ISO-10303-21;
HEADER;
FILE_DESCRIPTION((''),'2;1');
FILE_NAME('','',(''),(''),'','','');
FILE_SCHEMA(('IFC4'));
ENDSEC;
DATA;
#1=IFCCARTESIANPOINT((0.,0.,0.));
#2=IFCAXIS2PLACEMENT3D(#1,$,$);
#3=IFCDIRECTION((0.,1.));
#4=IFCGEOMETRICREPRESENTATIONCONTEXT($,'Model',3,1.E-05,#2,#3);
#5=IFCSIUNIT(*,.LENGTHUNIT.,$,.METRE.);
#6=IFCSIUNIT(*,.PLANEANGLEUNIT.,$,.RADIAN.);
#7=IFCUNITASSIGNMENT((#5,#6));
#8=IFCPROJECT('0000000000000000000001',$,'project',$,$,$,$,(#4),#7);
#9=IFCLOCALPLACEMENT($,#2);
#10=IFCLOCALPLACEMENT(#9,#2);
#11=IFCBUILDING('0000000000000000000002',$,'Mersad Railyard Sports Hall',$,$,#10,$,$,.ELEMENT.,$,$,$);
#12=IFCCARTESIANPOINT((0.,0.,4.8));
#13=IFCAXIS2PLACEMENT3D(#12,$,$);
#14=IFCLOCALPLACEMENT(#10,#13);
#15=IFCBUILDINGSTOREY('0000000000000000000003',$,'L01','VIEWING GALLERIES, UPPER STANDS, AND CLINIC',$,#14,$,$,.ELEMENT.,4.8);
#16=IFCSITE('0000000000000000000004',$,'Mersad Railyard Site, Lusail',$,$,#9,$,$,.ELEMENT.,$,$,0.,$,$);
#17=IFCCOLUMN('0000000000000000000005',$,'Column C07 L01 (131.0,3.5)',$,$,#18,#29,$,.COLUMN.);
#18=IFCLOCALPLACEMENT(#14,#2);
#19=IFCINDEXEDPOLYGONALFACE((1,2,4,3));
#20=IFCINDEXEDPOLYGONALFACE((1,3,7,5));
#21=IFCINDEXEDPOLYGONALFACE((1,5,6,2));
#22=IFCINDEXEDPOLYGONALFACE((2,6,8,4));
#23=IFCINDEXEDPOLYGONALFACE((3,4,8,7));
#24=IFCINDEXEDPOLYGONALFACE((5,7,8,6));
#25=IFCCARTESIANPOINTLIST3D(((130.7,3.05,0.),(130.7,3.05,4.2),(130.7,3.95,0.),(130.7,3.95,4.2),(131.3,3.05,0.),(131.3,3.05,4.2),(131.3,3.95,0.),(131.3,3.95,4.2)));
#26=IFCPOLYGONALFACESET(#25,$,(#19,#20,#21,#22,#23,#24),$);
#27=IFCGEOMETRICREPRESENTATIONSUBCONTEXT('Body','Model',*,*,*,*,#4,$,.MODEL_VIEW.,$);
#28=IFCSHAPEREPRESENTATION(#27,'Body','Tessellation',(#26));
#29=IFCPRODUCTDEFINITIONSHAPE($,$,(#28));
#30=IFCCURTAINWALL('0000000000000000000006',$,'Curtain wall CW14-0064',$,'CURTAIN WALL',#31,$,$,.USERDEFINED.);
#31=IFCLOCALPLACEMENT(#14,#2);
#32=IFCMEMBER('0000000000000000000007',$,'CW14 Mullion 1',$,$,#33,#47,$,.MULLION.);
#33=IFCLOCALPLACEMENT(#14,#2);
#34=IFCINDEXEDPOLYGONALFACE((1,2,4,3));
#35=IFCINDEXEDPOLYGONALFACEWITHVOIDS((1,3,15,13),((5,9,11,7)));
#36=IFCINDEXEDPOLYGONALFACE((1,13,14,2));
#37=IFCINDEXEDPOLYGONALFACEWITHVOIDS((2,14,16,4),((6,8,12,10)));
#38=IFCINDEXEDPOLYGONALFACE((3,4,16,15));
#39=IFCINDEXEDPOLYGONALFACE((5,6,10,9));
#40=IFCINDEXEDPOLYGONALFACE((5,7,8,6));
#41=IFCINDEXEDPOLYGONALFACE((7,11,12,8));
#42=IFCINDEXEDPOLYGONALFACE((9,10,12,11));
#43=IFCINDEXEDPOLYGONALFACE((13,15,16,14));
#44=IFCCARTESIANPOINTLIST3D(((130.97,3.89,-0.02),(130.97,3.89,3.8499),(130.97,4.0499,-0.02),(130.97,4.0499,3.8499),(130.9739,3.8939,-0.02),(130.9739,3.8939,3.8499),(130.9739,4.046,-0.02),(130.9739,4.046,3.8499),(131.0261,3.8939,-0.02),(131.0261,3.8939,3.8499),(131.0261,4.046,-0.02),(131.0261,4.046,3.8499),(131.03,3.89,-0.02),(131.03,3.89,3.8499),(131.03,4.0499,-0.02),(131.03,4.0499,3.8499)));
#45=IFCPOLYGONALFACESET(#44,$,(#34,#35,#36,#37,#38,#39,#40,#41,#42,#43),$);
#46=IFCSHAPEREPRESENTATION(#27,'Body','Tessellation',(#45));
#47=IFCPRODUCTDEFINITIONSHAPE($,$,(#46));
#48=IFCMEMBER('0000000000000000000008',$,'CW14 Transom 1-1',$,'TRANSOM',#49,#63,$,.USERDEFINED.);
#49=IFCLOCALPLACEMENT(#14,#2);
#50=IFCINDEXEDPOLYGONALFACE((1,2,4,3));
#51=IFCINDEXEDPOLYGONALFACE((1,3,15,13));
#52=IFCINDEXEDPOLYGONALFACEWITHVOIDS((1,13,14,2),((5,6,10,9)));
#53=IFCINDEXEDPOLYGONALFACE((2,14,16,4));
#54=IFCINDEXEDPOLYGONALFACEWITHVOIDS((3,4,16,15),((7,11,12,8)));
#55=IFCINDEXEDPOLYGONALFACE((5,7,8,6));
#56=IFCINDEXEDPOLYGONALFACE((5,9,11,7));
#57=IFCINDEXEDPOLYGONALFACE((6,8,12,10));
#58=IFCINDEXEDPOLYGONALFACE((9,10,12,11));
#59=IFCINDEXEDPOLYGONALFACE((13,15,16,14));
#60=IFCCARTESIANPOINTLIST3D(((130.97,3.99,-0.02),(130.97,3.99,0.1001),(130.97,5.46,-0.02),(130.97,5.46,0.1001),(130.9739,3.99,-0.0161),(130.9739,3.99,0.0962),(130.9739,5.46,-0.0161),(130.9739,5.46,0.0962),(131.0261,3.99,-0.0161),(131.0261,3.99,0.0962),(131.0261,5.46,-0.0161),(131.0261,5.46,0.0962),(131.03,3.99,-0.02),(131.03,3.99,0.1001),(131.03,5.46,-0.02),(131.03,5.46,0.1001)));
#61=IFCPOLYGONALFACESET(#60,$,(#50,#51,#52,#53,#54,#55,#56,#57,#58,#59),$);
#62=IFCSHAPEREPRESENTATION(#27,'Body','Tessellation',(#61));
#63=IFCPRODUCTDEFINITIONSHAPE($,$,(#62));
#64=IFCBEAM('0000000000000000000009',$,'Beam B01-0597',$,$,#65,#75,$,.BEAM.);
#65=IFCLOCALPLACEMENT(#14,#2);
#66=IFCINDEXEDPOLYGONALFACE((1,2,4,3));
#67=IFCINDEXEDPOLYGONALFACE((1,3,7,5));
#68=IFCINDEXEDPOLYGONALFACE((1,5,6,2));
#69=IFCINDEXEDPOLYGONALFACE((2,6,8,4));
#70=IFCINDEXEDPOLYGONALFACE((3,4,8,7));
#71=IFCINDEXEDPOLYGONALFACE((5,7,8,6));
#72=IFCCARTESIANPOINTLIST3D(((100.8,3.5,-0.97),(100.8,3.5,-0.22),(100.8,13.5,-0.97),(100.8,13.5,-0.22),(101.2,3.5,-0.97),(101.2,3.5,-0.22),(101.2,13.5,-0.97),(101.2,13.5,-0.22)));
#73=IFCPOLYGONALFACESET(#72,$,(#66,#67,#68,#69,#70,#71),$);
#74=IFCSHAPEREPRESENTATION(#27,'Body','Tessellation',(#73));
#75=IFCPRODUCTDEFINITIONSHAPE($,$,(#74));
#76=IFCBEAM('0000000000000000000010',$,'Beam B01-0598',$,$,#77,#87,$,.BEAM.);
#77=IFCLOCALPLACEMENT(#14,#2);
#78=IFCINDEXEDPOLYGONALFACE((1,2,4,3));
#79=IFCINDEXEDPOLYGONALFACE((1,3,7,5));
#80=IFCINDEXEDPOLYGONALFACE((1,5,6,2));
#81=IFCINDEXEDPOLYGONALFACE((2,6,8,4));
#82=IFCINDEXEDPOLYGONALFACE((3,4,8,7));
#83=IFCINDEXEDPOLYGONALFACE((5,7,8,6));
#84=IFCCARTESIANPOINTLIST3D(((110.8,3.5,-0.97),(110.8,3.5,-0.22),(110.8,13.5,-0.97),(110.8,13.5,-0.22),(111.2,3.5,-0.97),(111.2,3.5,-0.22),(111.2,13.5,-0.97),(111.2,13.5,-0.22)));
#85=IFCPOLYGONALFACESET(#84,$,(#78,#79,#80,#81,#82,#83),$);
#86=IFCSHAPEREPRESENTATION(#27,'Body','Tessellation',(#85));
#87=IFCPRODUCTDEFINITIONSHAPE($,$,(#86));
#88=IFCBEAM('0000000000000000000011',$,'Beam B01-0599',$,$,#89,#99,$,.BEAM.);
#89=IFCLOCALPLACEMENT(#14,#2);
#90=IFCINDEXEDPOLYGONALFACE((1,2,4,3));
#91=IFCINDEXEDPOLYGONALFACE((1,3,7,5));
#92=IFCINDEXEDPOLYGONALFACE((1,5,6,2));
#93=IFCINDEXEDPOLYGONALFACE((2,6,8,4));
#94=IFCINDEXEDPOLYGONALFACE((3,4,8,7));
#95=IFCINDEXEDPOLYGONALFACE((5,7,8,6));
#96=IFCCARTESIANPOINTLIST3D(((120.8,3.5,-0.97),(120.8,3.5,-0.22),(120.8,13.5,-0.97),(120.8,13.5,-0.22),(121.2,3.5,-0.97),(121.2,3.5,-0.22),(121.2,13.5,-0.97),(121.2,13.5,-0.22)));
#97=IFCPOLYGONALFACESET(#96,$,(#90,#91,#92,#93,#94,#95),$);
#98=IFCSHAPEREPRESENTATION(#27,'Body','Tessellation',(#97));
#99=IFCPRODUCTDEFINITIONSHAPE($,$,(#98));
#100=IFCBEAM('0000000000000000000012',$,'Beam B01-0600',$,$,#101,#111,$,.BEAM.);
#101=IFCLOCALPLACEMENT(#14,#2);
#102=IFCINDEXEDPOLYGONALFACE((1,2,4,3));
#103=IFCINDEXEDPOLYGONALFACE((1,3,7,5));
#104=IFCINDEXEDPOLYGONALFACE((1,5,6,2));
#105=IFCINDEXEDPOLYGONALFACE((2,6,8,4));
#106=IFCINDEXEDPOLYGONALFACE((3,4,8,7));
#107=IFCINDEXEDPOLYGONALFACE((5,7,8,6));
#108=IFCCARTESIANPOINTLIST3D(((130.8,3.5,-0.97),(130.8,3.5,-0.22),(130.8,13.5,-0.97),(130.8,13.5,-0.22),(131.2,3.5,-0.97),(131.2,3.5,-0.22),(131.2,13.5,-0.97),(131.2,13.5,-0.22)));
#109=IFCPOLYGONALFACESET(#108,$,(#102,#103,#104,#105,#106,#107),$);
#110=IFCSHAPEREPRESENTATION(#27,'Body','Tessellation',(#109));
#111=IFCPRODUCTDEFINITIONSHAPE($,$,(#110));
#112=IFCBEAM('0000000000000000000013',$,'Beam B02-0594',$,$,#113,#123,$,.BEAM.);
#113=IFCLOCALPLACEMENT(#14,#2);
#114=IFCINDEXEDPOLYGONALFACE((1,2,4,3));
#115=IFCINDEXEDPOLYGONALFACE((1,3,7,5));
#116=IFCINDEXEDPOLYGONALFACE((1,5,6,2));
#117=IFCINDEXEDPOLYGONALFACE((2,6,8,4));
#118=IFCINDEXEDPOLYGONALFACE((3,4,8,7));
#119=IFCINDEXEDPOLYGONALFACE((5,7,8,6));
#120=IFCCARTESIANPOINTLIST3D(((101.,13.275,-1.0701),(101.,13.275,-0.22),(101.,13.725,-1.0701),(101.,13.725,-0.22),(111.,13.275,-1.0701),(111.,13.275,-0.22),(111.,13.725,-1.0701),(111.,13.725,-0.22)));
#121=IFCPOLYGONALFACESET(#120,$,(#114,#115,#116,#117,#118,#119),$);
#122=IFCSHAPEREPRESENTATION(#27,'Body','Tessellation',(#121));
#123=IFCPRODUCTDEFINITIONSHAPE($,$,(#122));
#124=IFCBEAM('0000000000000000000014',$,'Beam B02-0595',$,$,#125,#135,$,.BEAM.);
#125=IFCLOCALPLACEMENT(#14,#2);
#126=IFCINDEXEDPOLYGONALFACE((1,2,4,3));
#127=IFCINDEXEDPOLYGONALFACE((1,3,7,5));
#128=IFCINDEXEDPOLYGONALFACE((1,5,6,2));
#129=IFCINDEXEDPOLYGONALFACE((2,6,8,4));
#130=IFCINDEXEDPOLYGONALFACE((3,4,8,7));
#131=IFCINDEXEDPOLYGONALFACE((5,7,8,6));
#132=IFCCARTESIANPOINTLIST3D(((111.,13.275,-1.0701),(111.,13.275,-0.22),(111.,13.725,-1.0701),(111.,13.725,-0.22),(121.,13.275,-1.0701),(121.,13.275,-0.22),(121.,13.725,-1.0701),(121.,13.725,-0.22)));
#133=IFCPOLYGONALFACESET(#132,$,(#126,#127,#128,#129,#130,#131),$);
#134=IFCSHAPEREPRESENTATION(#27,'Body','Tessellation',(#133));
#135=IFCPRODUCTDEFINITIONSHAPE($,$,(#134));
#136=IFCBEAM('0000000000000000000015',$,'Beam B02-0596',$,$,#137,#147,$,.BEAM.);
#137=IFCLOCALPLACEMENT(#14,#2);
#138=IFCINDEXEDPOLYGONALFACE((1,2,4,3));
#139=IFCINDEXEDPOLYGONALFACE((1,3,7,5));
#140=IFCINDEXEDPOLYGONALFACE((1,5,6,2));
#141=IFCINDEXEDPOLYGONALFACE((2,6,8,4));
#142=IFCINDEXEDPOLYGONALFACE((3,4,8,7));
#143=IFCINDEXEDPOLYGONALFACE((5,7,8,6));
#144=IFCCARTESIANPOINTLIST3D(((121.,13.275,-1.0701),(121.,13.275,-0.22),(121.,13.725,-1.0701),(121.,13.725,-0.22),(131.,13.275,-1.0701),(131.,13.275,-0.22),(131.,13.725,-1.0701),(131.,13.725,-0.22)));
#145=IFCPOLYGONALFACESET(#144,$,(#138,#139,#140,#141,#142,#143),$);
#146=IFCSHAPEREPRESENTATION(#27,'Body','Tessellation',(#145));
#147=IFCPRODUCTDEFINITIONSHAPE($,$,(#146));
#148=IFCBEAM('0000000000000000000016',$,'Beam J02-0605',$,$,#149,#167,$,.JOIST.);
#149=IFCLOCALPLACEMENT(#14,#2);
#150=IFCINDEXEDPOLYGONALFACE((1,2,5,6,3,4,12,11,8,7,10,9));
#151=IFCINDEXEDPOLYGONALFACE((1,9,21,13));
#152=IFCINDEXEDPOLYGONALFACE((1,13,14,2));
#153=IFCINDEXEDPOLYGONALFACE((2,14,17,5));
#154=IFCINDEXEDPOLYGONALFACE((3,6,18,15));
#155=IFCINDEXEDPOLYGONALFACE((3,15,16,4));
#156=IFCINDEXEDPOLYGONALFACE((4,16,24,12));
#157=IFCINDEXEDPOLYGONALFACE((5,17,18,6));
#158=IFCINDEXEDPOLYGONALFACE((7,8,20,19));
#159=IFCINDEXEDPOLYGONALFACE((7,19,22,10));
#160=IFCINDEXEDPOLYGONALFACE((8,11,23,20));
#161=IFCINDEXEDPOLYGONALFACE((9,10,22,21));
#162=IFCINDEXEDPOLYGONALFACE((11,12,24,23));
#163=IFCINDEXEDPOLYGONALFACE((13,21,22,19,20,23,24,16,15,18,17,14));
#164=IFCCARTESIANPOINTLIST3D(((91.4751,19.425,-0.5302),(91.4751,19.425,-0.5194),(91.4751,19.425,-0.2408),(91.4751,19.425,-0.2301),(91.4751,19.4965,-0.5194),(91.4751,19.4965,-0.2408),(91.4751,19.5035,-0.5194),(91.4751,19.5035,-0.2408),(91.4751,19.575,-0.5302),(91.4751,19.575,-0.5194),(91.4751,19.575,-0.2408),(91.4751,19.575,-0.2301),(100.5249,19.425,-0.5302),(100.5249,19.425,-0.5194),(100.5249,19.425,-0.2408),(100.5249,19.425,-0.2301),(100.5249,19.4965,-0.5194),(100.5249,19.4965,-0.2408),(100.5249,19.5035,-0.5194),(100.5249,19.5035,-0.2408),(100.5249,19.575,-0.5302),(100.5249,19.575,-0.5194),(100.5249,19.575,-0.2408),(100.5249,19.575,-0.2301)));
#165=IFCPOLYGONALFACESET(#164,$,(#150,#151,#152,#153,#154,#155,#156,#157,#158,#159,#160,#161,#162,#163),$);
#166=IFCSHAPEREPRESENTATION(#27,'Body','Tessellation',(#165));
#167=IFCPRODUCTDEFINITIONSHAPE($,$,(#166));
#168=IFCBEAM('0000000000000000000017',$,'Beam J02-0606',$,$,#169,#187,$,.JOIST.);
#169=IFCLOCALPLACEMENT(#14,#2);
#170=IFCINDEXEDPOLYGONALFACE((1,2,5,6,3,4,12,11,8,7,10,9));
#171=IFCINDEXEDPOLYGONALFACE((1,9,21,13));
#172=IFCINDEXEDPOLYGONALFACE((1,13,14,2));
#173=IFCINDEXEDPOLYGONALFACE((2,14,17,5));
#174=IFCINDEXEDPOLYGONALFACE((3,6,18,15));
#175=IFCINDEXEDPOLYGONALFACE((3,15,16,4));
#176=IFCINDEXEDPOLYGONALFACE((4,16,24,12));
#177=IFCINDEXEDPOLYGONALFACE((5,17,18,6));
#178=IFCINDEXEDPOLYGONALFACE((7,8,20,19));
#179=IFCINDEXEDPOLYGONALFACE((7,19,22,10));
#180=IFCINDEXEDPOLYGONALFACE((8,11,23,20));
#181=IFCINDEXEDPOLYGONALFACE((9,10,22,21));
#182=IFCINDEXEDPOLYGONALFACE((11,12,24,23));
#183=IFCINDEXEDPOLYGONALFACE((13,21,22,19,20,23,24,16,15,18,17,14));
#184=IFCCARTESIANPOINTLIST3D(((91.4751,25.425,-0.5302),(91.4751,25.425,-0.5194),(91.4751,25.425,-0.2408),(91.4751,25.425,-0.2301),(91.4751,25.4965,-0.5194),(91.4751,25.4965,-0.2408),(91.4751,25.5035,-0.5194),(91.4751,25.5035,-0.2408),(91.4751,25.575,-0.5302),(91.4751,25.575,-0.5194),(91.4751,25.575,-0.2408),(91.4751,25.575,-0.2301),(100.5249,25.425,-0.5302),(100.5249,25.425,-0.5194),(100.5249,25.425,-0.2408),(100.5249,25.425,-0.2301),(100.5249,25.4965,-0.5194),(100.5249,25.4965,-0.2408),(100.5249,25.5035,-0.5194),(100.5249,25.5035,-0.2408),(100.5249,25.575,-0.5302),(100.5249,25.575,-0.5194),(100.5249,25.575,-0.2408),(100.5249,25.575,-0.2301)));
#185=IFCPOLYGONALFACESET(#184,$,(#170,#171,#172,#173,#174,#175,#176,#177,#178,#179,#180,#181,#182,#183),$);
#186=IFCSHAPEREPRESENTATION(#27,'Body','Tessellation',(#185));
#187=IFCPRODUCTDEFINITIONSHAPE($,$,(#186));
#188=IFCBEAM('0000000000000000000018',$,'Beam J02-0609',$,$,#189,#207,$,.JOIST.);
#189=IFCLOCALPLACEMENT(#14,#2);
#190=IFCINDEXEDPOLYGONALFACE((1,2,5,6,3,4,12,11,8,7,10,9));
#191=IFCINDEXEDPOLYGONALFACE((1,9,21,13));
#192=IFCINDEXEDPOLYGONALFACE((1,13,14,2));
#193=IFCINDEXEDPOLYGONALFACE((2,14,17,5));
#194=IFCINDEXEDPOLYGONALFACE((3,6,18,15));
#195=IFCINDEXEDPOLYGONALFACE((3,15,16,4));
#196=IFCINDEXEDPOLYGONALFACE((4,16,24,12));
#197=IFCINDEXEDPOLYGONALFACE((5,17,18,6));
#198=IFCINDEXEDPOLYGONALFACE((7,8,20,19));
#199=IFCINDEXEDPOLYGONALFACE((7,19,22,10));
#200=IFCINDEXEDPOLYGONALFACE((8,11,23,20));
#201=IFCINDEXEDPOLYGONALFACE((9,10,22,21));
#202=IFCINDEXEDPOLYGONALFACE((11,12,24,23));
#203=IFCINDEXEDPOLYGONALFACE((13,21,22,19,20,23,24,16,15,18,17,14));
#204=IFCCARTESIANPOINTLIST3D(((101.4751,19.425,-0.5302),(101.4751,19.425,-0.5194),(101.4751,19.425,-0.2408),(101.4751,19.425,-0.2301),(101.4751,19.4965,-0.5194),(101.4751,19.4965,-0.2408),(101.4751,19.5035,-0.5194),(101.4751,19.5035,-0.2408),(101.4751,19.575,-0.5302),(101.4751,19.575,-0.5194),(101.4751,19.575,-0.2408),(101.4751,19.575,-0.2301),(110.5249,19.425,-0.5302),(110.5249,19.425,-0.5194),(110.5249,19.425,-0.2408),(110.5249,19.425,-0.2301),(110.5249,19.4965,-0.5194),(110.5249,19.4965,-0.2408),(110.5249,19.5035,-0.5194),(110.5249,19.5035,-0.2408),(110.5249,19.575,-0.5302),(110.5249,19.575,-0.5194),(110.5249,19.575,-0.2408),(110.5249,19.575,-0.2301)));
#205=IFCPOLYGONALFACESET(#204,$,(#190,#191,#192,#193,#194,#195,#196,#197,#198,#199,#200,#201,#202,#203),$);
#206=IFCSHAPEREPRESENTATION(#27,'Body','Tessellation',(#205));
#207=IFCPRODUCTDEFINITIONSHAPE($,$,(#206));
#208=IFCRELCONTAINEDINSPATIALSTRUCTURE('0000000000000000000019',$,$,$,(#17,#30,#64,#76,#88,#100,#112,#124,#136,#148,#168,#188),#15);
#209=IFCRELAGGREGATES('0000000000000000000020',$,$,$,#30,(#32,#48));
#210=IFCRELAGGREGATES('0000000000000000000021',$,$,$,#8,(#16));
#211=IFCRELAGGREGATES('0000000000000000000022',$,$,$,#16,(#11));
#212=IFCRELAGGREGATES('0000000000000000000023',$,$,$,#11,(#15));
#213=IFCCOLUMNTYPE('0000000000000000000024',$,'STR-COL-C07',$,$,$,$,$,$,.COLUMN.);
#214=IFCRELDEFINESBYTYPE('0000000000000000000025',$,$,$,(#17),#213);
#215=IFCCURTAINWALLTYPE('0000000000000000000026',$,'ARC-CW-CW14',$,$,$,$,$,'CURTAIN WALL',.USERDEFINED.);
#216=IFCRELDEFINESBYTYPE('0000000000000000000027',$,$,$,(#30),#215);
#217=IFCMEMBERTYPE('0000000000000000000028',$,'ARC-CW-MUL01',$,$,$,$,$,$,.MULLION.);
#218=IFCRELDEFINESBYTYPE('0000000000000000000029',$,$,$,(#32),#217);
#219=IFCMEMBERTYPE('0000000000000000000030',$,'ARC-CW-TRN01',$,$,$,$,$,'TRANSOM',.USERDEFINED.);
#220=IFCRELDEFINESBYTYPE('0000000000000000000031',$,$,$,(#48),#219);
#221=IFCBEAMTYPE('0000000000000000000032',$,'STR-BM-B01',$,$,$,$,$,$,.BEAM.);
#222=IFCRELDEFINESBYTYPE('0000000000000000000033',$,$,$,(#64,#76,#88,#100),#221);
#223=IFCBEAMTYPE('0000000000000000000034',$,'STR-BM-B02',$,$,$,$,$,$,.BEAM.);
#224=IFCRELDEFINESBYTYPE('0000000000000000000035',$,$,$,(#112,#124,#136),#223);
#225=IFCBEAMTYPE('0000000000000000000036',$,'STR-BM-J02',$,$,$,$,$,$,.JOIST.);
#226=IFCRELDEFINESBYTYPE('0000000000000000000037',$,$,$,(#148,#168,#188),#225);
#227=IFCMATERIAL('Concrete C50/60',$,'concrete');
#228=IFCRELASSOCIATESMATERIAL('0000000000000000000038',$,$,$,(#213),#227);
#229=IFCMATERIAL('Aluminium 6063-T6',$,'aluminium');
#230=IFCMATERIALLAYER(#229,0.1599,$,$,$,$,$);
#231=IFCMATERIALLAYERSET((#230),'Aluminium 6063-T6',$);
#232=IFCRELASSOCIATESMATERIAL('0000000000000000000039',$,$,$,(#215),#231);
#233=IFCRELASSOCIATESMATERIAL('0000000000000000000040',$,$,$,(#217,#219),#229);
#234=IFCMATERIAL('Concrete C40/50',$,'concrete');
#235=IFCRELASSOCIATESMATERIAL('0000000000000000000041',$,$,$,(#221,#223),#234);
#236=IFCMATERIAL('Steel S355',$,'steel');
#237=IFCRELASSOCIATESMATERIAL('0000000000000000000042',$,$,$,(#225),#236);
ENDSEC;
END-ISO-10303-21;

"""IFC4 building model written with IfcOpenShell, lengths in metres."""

from ifc_helpers import new_model, si_unit, direction, frame, origin, origin_2d, place, context, subcontext, project, spatial, rectangle, hollow_rectangle, i_section, extrude, material, layer, layer_set, material_profile, profile_set, type_object, element, aggregate, save


model = new_model("IFC4")

# Units and contexts
model_context = context("Model", 3, precision=1e-05, world=origin(), true_north=direction((0.0, 1.0)))
body_context = subcontext(model_context, "Body", "Model", "MODEL_VIEW")
ifc_project = project(units=[si_unit("LENGTHUNIT", "METRE"), si_unit("PLANEANGLEUNIT", "RADIAN")], contexts=[model_context])

# Site, building, storey
site_placement = place(None, origin())
site = spatial("IfcSite", under=ifc_project, at=site_placement, Name="Mersad Railyard Site, Lusail", CompositionType="ELEMENT", RefElevation=0.0)
building_placement = place(site_placement, origin())
building = spatial("IfcBuilding", under=site, at=building_placement, Name="Mersad Railyard Sports Hall", CompositionType="ELEMENT")
storey_placement = place(building_placement, frame((0.0, 0.0, 4.8)))
storey = spatial("IfcBuildingStorey", under=building, at=storey_placement, Name="L01", Description="VIEWING GALLERIES, UPPER STANDS, AND CLINIC", CompositionType="ELEMENT", Elevation=4.8)

# Column
ifc_material_1 = material(Name="Concrete C50/60", Category="concrete")
ifc_material_profile_1 = material_profile(ifc_material_1, rectangle(XDim=0.6001, YDim=0.8999, at=origin_2d()), Name="RC 600x900")
ifc_profile_set_1 = profile_set([ifc_material_profile_1], Name="Concrete C50/60")
column_type = type_object("IfcColumnType", Name="STR-COL-C07", PredefinedType="COLUMN", material=ifc_profile_set_1)
column_placement = place(storey_placement, frame((131.0, 3.5, 0.0), z_axis=(0.0, 0.0, 1.0), x_axis=(1.0, 0.0, 0.0)))
element("IfcColumn", 1, at=column_placement, inside=storey, type_object=column_type, Name="Column C07 L01 (131.0,3.5)", PredefinedType="COLUMN", context=body_context, shape_type="SweptSolid", body=[
    extrude(rectangle(XDim=0.6001, YDim=0.8999, at=origin_2d()), origin(), (0.0, 0.0, 1.0), 4.2),
])

# Curtain wall, members
ifc_material_2 = material(Name="Aluminium 6063-T6", Category="aluminium")
ifc_layer = layer(ifc_material_2, 0.1599)
ifc_layer_set = layer_set([ifc_layer], Name="Aluminium 6063-T6")
curtain_wall_type = type_object("IfcCurtainWallType", Name="ARC-CW-CW14", ElementType="CURTAIN WALL", PredefinedType="USERDEFINED", material=ifc_layer_set)
curtain_wall_placement = place(storey_placement, origin())
curtain_wall = element("IfcCurtainWall", 2, at=curtain_wall_placement, inside=storey, type_object=curtain_wall_type, Name="Curtain wall CW14-0064", ObjectType="CURTAIN WALL", PredefinedType="USERDEFINED")
ifc_material_profile_2 = material_profile(ifc_material_2, hollow_rectangle(XDim=0.0601, YDim=0.1599, WallThickness=0.0039, at=origin_2d()), Name="AL MULLION 60x160x4")
ifc_profile_set_2 = profile_set([ifc_material_profile_2], Name="Aluminium 6063-T6")
member_type_1 = type_object("IfcMemberType", Name="ARC-CW-MUL01", PredefinedType="MULLION", material=ifc_profile_set_2)
member_1_placement = place(storey_placement, frame((131.0, 3.97, -0.02), z_axis=(0.0, 0.0, 1.0), x_axis=(1.0, 0.0, 0.0)))
member_1 = element("IfcMember", 3, at=member_1_placement, type_object=member_type_1, Name="CW14 Mullion 1", PredefinedType="MULLION", context=body_context, shape_type="SweptSolid", body=[
    extrude(hollow_rectangle(XDim=0.0601, YDim=0.1599, WallThickness=0.0039, at=origin_2d()), origin(), (0.0, 0.0, 1.0), 3.8699),
])
ifc_material_profile_3 = material_profile(ifc_material_2, hollow_rectangle(XDim=0.0601, YDim=0.1201, WallThickness=0.0039, at=origin_2d()), Name="AL TRANSOM 60x120x4")
ifc_profile_set_3 = profile_set([ifc_material_profile_3], Name="Aluminium 6063-T6")
member_type_2 = type_object("IfcMemberType", Name="ARC-CW-TRN01", ElementType="TRANSOM", PredefinedType="USERDEFINED", material=ifc_profile_set_3)
member_2_placement = place(storey_placement, frame((131.0, 3.99, 0.04), z_axis=(0.0, 1.0, 0.0), x_axis=(-1.0, 0.0, 0.0)))
member_2 = element("IfcMember", 4, at=member_2_placement, type_object=member_type_2, Name="CW14 Transom 1-1", ObjectType="TRANSOM", PredefinedType="USERDEFINED", context=body_context, shape_type="SweptSolid", body=[
    extrude(hollow_rectangle(XDim=0.0601, YDim=0.1201, WallThickness=0.0039, at=origin_2d()), origin(), (0.0, 0.0, 1.0), 1.47),
])
aggregate(curtain_wall, [member_1, member_2])

# Beams
ifc_material_3 = material(Name="Concrete C40/50", Category="concrete")
ifc_material_profile_4 = material_profile(ifc_material_3, rectangle(XDim=0.3999, YDim=0.75, at=origin_2d()), Name="RC 400x750")
ifc_profile_set_4 = profile_set([ifc_material_profile_4], Name="Concrete C40/50")
beam_type_1 = type_object("IfcBeamType", Name="STR-BM-B01", PredefinedType="BEAM", material=ifc_profile_set_4)
for number, where, z_axis, x_axis, name in (
    (5, (101.0, 3.5, -0.595), (0.0, 1.0, 0.0), (-1.0, 0.0, 0.0), "Beam B01-0597"),
    (6, (111.0, 3.5, -0.595), (0.0, 1.0, 0.0), (-1.0, 0.0, 0.0), "Beam B01-0598"),
    (7, (121.0, 3.5, -0.595), (0.0, 1.0, 0.0), (-1.0, 0.0, 0.0), "Beam B01-0599"),
    (8, (131.0, 3.5, -0.595), (0.0, 1.0, 0.0), (-1.0, 0.0, 0.0), "Beam B01-0600"),
):
    element("IfcBeam", number, at=place(storey_placement, frame(where, z_axis=z_axis, x_axis=x_axis)), inside=storey, type_object=beam_type_1, Name=name, PredefinedType="BEAM", context=body_context, shape_type="SweptSolid", body=[
        extrude(rectangle(XDim=0.3999, YDim=0.75, at=origin_2d()), origin(), (0.0, 0.0, 1.0), 10.0),
    ])
ifc_material_profile_5 = material_profile(ifc_material_3, rectangle(XDim=0.45, YDim=0.8501, at=origin_2d()), Name="RC 450x850")
ifc_profile_set_5 = profile_set([ifc_material_profile_5], Name="Concrete C40/50")
beam_type_2 = type_object("IfcBeamType", Name="STR-BM-B02", PredefinedType="BEAM", material=ifc_profile_set_5)
for number, where, z_axis, x_axis, name in (
    (9, (101.0, 13.5, -0.645), (1.0, 0.0, 0.0), (0.0, 1.0, 0.0), "Beam B02-0594"),
    (10, (111.0, 13.5, -0.645), (1.0, 0.0, 0.0), (0.0, 1.0, 0.0), "Beam B02-0595"),
    (11, (121.0, 13.5, -0.645), (1.0, 0.0, 0.0), (0.0, 1.0, 0.0), "Beam B02-0596"),
):
    element("IfcBeam", number, at=place(storey_placement, frame(where, z_axis=z_axis, x_axis=x_axis)), inside=storey, type_object=beam_type_2, Name=name, PredefinedType="BEAM", context=body_context, shape_type="SweptSolid", body=[
        extrude(rectangle(XDim=0.45, YDim=0.8501, at=origin_2d()), origin(), (0.0, 0.0, 1.0), 10.0),
    ])
ifc_material_4 = material(Name="Steel S355", Category="steel")
ifc_material_profile_6 = material_profile(ifc_material_4, i_section(OverallWidth=0.1499, OverallDepth=0.3, WebThickness=0.0071, FlangeThickness=0.0107, at=origin_2d()), Name="IPE 300")
ifc_profile_set_6 = profile_set([ifc_material_profile_6], Name="Steel S355")
beam_type_3 = type_object("IfcBeamType", Name="STR-BM-J02", PredefinedType="JOIST", material=ifc_profile_set_6)
for number, where, z_axis, x_axis, name in (
    (12, (91.4751, 19.5, -0.3801), (1.0, 0.0, 0.0), (0.0, 1.0, 0.0), "Beam J02-0605"),
    (13, (91.4751, 25.5, -0.3801), (1.0, 0.0, 0.0), (0.0, 1.0, 0.0), "Beam J02-0606"),
    (14, (101.4751, 19.5, -0.3801), (1.0, 0.0, 0.0), (0.0, 1.0, 0.0), "Beam J02-0609"),
):
    element("IfcBeam", number, at=place(storey_placement, frame(where, z_axis=z_axis, x_axis=x_axis)), inside=storey, type_object=beam_type_3, Name=name, PredefinedType="JOIST", context=body_context, shape_type="SweptSolid", body=[
        extrude(i_section(OverallWidth=0.1499, OverallDepth=0.3, WebThickness=0.0071, FlangeThickness=0.0107, at=origin_2d()), origin(), (0.0, 0.0, 1.0), 9.0498),
    ])

save(model, "model.ifc")
